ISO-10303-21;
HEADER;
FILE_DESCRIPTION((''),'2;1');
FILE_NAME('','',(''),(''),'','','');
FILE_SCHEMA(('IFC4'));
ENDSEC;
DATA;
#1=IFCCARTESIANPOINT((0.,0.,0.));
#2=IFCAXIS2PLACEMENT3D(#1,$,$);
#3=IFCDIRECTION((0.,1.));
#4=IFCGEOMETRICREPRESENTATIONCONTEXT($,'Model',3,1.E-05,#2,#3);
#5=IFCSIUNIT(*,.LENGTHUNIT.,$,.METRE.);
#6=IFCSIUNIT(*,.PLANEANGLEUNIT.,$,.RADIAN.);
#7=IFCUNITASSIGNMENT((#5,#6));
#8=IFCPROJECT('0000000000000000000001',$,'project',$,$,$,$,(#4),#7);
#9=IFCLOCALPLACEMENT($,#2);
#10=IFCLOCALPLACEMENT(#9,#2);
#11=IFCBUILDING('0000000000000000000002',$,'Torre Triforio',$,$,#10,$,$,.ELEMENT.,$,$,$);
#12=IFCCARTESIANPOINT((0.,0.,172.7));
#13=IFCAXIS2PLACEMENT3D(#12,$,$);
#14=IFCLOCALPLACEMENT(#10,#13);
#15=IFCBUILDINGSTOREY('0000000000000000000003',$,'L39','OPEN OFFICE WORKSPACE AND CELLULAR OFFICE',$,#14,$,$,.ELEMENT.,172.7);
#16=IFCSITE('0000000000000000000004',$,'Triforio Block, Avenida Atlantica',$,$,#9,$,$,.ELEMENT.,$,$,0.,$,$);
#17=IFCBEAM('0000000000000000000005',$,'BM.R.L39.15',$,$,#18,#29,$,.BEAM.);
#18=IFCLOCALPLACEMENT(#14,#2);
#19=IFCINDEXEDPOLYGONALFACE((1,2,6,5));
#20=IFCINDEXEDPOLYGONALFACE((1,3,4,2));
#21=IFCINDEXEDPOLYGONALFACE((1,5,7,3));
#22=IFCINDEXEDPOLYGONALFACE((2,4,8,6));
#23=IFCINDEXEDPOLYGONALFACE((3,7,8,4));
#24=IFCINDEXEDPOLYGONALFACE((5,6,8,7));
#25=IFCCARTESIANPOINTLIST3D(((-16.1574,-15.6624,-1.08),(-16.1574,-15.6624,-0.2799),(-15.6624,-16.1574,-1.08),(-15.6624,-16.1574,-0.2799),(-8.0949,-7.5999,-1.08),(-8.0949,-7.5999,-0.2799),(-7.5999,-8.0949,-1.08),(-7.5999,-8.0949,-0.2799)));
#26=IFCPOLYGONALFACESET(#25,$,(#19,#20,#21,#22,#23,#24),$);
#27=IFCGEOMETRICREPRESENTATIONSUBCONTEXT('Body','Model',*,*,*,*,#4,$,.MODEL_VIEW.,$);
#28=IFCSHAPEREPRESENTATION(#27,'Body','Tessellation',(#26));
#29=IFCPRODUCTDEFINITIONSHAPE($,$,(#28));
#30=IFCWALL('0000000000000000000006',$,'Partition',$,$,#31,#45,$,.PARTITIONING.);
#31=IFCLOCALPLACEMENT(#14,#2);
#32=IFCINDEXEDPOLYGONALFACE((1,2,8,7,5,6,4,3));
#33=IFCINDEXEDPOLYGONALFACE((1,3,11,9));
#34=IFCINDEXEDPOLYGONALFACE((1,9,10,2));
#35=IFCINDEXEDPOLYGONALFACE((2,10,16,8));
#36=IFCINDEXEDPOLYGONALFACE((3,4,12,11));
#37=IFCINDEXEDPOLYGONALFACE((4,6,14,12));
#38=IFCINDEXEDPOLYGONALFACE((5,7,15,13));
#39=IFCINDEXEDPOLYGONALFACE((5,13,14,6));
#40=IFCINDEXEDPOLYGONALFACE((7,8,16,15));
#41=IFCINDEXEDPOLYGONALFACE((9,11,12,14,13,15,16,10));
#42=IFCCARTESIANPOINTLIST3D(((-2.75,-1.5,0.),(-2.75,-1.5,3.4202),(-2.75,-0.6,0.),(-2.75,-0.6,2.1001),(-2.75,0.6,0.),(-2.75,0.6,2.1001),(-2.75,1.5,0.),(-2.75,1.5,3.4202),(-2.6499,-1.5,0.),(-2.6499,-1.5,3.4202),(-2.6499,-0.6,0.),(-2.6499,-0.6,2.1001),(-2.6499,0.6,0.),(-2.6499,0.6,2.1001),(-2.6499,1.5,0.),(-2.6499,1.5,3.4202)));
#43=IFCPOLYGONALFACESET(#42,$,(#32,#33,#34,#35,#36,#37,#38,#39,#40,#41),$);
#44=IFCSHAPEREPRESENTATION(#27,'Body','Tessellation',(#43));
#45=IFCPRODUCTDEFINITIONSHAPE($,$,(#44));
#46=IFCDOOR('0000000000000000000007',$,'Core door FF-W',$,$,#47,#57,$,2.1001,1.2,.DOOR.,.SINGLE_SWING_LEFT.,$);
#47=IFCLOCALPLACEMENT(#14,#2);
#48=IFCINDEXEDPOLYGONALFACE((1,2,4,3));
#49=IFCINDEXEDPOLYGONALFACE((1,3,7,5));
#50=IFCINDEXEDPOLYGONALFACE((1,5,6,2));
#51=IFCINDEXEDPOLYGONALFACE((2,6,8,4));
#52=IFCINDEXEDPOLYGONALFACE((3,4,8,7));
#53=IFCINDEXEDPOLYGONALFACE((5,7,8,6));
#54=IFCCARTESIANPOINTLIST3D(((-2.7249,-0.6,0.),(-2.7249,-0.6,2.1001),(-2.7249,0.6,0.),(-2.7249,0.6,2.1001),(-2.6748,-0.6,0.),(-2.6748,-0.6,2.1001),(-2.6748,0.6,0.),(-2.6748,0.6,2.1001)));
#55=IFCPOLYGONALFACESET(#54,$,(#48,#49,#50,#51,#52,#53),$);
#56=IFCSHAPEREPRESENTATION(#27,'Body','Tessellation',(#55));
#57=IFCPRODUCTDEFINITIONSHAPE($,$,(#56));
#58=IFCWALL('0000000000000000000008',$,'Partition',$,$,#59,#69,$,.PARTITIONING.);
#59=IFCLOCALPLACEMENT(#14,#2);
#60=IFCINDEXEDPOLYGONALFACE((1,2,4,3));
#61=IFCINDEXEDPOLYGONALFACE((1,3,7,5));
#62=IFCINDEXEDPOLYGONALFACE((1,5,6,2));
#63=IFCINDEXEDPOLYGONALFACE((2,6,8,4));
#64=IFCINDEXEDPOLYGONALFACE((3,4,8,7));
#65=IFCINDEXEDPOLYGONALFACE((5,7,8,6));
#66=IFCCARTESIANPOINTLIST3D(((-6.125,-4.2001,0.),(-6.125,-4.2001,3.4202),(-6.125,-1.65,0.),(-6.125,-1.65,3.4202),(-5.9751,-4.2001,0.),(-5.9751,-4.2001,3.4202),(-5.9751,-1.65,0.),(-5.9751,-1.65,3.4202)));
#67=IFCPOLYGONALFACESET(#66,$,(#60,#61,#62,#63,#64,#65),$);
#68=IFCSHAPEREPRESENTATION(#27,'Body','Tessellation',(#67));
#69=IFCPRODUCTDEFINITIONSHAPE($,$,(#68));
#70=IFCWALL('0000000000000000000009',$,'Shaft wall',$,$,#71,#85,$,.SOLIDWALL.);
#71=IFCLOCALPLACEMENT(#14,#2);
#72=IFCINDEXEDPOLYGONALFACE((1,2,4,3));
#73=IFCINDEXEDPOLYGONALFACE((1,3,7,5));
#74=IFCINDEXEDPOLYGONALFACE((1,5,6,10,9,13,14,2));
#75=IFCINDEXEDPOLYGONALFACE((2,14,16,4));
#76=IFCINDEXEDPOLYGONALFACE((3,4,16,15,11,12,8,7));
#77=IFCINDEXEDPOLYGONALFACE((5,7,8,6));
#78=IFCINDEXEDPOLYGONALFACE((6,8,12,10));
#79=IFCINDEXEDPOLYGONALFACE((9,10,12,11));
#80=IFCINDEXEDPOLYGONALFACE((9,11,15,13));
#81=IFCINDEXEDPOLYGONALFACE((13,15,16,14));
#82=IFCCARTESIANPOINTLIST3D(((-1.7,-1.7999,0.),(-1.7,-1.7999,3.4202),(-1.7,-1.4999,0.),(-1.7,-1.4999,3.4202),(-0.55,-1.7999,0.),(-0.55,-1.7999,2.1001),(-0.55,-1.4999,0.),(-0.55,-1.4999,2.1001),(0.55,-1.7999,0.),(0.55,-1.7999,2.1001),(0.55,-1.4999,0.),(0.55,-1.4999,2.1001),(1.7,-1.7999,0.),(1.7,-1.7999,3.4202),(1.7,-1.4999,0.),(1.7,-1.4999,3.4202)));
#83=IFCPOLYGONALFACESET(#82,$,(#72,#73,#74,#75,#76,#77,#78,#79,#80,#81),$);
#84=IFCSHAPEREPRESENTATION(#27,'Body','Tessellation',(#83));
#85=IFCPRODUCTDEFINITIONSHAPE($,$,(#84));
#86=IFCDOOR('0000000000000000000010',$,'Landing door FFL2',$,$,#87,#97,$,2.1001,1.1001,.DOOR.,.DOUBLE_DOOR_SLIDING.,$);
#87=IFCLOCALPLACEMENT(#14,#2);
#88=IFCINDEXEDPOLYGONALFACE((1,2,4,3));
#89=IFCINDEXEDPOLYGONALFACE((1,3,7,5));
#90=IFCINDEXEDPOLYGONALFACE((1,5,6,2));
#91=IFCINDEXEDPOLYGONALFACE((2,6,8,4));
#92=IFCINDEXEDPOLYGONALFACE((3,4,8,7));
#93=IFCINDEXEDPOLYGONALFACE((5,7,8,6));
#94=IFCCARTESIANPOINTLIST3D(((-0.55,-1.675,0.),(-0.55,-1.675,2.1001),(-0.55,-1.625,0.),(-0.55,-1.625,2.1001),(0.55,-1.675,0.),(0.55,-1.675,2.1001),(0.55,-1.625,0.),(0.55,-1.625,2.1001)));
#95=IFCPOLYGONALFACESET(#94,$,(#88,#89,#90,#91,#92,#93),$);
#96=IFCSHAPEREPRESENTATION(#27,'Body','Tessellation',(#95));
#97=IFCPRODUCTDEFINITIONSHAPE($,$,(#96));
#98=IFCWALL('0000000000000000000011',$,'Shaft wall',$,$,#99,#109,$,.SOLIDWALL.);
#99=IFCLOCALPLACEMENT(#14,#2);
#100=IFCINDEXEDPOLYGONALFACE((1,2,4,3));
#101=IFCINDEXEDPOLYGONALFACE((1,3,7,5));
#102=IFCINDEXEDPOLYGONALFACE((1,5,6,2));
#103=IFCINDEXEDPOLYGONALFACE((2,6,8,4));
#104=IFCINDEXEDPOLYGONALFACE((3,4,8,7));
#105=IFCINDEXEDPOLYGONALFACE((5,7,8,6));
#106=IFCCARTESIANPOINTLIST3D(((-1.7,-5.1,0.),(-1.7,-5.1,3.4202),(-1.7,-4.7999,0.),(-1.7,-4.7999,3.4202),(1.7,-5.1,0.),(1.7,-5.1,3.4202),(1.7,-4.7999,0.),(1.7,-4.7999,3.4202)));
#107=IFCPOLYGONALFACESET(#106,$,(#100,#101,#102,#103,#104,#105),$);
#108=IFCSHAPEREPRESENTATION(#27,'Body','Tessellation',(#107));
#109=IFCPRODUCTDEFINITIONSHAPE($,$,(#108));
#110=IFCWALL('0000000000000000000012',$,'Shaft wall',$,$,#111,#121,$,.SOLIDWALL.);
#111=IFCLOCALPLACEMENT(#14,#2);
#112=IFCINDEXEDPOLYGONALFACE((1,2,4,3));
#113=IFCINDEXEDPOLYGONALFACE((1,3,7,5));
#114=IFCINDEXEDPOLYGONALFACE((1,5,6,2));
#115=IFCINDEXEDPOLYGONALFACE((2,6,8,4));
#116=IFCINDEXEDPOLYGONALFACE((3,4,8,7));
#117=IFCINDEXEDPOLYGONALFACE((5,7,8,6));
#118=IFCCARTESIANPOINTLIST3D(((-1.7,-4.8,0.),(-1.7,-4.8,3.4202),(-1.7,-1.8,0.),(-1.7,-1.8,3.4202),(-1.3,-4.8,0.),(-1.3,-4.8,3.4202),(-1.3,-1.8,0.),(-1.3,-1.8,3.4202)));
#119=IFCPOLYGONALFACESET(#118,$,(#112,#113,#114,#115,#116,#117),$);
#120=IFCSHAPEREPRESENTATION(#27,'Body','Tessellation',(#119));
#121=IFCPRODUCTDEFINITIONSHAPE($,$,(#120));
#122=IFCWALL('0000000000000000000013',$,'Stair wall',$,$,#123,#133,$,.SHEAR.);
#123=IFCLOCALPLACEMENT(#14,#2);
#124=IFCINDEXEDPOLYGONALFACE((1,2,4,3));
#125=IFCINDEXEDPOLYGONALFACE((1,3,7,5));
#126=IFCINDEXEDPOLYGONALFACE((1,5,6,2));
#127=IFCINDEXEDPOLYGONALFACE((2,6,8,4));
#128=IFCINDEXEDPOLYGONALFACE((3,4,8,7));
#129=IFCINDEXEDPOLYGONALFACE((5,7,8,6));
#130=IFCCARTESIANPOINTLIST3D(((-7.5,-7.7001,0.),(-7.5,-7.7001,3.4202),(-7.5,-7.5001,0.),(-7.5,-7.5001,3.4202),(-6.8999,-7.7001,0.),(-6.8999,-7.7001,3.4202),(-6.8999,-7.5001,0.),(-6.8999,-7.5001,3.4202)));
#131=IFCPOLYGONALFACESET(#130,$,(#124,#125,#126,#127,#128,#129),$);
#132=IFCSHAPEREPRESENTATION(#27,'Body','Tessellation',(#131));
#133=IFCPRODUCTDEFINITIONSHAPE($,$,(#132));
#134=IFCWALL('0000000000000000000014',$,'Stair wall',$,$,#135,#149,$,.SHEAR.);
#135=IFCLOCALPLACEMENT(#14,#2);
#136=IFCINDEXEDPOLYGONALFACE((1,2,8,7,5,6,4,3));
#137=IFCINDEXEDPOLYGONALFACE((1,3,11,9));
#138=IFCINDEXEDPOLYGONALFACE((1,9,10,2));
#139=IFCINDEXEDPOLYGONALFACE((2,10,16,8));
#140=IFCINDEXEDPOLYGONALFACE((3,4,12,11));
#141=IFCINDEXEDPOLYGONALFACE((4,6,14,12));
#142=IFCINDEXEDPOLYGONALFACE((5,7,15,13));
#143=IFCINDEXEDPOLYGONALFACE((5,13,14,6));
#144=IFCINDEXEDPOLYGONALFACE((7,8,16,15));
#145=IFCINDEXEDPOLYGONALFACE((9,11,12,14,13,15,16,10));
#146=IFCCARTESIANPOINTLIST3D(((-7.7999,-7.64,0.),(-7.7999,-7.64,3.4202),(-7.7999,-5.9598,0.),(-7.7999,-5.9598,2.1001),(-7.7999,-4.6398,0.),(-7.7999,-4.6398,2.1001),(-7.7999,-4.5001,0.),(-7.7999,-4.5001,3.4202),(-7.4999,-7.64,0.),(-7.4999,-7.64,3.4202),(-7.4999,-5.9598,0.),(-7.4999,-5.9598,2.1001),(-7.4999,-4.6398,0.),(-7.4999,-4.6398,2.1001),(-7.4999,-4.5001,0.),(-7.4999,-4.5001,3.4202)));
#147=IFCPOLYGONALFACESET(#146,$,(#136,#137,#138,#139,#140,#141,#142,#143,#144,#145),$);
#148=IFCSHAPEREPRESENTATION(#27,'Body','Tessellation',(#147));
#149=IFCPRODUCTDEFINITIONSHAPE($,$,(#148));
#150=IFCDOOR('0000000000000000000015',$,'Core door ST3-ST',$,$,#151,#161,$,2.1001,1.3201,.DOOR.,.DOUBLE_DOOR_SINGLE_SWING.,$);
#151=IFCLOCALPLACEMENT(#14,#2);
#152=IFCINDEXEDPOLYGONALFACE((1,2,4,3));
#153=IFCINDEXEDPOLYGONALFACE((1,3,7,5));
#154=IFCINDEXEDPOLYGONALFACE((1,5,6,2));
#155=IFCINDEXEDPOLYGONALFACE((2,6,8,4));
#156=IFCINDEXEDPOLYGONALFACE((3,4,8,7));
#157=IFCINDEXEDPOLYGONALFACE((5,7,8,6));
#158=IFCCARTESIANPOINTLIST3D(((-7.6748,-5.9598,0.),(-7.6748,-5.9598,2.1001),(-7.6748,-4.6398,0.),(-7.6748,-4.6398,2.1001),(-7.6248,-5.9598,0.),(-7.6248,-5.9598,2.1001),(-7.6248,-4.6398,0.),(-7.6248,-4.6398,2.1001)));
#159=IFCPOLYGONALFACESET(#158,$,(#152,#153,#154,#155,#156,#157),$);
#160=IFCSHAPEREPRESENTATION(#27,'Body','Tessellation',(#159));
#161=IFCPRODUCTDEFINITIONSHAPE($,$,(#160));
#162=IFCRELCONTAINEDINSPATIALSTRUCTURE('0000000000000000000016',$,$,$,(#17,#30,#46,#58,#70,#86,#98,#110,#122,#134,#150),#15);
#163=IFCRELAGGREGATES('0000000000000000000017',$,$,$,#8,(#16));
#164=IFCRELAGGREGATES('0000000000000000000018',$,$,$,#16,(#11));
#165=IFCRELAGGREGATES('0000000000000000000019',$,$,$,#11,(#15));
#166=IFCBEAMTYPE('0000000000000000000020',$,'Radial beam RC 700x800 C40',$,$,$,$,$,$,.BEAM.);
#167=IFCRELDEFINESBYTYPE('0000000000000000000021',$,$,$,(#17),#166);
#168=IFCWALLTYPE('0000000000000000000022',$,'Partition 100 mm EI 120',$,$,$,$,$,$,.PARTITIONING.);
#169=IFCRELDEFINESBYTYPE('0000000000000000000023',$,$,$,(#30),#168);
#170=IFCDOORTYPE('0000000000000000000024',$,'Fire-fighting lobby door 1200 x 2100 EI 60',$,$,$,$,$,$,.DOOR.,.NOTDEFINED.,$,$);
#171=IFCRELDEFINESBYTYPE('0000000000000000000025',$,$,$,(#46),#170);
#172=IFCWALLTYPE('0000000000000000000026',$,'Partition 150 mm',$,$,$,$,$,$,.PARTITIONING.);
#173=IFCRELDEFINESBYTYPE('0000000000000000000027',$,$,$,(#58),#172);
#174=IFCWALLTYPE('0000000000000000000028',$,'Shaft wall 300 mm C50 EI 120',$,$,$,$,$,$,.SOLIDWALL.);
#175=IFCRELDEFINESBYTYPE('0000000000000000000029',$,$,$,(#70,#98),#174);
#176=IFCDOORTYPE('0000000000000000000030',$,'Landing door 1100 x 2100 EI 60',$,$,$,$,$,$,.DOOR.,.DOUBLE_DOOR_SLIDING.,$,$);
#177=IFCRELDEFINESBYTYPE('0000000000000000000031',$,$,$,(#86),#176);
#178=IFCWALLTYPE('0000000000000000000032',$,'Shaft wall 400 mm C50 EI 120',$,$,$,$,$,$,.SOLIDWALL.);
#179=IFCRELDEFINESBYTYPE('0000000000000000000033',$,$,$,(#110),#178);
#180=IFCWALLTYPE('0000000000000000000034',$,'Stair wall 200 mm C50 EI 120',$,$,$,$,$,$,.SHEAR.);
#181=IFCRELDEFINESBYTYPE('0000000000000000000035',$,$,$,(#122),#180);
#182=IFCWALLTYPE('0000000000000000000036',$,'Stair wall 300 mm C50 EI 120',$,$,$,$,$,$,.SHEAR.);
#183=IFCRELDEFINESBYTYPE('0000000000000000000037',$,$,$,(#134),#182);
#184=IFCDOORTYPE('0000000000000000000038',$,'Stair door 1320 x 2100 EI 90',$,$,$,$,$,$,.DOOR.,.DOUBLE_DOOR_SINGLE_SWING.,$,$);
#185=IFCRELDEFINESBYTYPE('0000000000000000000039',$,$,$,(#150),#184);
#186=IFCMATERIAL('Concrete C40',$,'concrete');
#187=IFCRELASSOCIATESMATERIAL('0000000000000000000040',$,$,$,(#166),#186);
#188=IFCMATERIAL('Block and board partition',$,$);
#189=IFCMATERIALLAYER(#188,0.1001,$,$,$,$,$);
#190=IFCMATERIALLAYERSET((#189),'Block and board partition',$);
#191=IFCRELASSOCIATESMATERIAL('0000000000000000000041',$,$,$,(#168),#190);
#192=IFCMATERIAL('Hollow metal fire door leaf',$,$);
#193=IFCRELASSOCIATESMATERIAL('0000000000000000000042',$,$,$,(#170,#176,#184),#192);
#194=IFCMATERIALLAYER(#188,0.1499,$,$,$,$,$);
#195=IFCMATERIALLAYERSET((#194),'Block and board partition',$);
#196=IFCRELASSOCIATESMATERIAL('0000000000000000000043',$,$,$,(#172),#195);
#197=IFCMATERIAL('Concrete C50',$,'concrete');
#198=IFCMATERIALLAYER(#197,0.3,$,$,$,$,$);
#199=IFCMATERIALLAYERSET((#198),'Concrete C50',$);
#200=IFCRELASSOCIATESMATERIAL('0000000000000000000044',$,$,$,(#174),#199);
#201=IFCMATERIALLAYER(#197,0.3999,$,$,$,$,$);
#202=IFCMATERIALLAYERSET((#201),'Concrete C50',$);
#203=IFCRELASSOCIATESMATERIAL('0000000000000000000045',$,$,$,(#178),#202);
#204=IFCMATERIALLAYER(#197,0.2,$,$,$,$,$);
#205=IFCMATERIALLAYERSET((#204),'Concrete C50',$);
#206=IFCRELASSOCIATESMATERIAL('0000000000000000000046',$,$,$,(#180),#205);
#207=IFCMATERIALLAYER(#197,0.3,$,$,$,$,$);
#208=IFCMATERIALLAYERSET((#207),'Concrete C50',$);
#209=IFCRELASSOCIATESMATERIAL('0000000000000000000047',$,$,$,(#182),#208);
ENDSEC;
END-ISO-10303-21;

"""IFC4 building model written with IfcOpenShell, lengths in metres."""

from ifc_helpers import new_model, si_unit, direction, frame, frame_2d, origin, origin_2d, place, context, subcontext, project, spatial, rectangle, extrude, material, layer, layer_set, material_profile, profile_set, type_object, element, fill, save


model = new_model("IFC4")

# Units and contexts
model_context = context("Model", 3, precision=1e-05, world=origin(), true_north=direction((0.0, 1.0)))
body_context = subcontext(model_context, "Body", "Model", "MODEL_VIEW")
ifc_project = project(units=[si_unit("LENGTHUNIT", "METRE"), si_unit("PLANEANGLEUNIT", "RADIAN")], contexts=[model_context])

# Site, building, storey
site_placement = place(None, origin())
site = spatial("IfcSite", under=ifc_project, at=site_placement, Name="Triforio Block, Avenida Atlantica", CompositionType="ELEMENT", RefElevation=0.0)
building_placement = place(site_placement, origin())
building = spatial("IfcBuilding", under=site, at=building_placement, Name="Torre Triforio", CompositionType="ELEMENT")
storey_placement = place(building_placement, frame((0.0, 0.0, 172.7)))
storey = spatial("IfcBuildingStorey", under=building, at=storey_placement, Name="L39", Description="OPEN OFFICE WORKSPACE AND CELLULAR OFFICE", CompositionType="ELEMENT", Elevation=172.7)

# Beam
ifc_material_1 = material(Name="Concrete C40", Category="concrete")
ifc_material_profile = material_profile(ifc_material_1, rectangle(XDim=0.7, YDim=0.8, at=origin_2d()), Name="RC 700x800")
ifc_profile_set = profile_set([ifc_material_profile], Name="Concrete C40")
beam_type = type_object("IfcBeamType", Name="Radial beam RC 700x800 C40", PredefinedType="BEAM", material=ifc_profile_set)
beam_placement = place(storey_placement, frame((-7.8474, -7.8474, -0.6799), z_axis=(-0.707107, -0.707107, 0.0), x_axis=(0.707107, -0.707107, 0.0)))
element("IfcBeam", 1, at=beam_placement, inside=storey, type_object=beam_type, Name="BM.R.L39.15", PredefinedType="BEAM", context=body_context, shape_type="SweptSolid", body=[
    extrude(rectangle(XDim=0.7, YDim=0.8, at=origin_2d()), origin(), (0.0, 0.0, 1.0), 11.4021),
])

# Wall, opening, door
ifc_material_2 = material(Name="Block and board partition")
ifc_layer_1 = layer(ifc_material_2, 0.1001)
ifc_layer_set_1 = layer_set([ifc_layer_1], Name="Block and board partition")
wall_type_1 = type_object("IfcWallType", Name="Partition 100 mm EI 120", PredefinedType="PARTITIONING", material=ifc_layer_set_1)
wall_1_placement = place(storey_placement, frame((-2.7, -1.5, 0.0), z_axis=(0.0, 0.0, 1.0), x_axis=(0.0, 1.0, 0.0)))
wall_1 = element("IfcWall", 2, at=wall_1_placement, inside=storey, type_object=wall_type_1, Name="Partition", PredefinedType="PARTITIONING", context=body_context, shape_type="SweptSolid", body=[
    extrude(rectangle(XDim=3.0, YDim=0.1001, at=frame_2d((1.5, 0.0))), origin(), (0.0, 0.0, 1.0), 3.4202),
])
opening_1_placement = place(wall_1_placement, frame((0.8999, 0.0, 0.0)))
opening_1 = element("IfcOpeningElement", 3, at=opening_1_placement, cuts=wall_1, PredefinedType="OPENING", context=body_context, shape_type="SweptSolid", body=[
    extrude(rectangle(XDim=1.2, YDim=2.1001, at=frame_2d((0.6001, 1.05))), frame((0.0, 0.0601, 0.0), z_axis=(0.0, -1.0, 0.0), x_axis=(1.0, 0.0, 0.0)), (0.0, 0.0, 1.0), 0.1201),
])
ifc_material_3 = material(Name="Hollow metal fire door leaf")
door_type_1 = type_object("IfcDoorType", Name="Fire-fighting lobby door 1200 x 2100 EI 60", OperationType="NOTDEFINED", PredefinedType="DOOR", material=ifc_material_3)
door_1_placement = place(opening_1_placement, origin())
door_1 = element("IfcDoor", 4, at=door_1_placement, inside=storey, type_object=door_type_1, Name="Core door FF-W", OperationType="SINGLE_SWING_LEFT", OverallHeight=2.1001, OverallWidth=1.2, PredefinedType="DOOR", context=body_context, shape_type="SweptSolid", body=[
    extrude(rectangle(XDim=1.2, YDim=2.1001, at=frame_2d((0.6001, 1.05))), frame((0.0, 0.0249, 0.0), z_axis=(0.0, -1.0, 0.0), x_axis=(1.0, 0.0, 0.0)), (0.0, 0.0, 1.0), 0.05),
])
fill(opening_1, door_1)

# Wall
ifc_layer_2 = layer(ifc_material_2, 0.1499)
ifc_layer_set_2 = layer_set([ifc_layer_2], Name="Block and board partition")
wall_type_2 = type_object("IfcWallType", Name="Partition 150 mm", PredefinedType="PARTITIONING", material=ifc_layer_set_2)
wall_2_placement = place(storey_placement, frame((-6.05, -4.2, 0.0), z_axis=(0.0, 0.0, 1.0), x_axis=(0.0, 1.0, 0.0)))
element("IfcWall", 5, at=wall_2_placement, inside=storey, type_object=wall_type_2, Name="Partition", PredefinedType="PARTITIONING", context=body_context, shape_type="SweptSolid", body=[
    extrude(rectangle(XDim=2.55, YDim=0.1499, at=frame_2d((1.2749, 0.0))), origin(), (0.0, 0.0, 1.0), 3.4202),
])

# Wall, opening, door
ifc_material_4 = material(Name="Concrete C50", Category="concrete")
ifc_layer_3 = layer(ifc_material_4, 0.3)
ifc_layer_set_3 = layer_set([ifc_layer_3], Name="Concrete C50")
wall_type_3 = type_object("IfcWallType", Name="Shaft wall 300 mm C50 EI 120", PredefinedType="SOLIDWALL", material=ifc_layer_set_3)
wall_3_placement = place(storey_placement, frame((-1.7, -1.6499, 0.0), z_axis=(0.0, 0.0, 1.0), x_axis=(1.0, 0.0, 0.0)))
wall_3 = element("IfcWall", 6, at=wall_3_placement, inside=storey, type_object=wall_type_3, Name="Shaft wall", PredefinedType="SOLIDWALL", context=body_context, shape_type="SweptSolid", body=[
    extrude(rectangle(XDim=3.3999, YDim=0.3, at=frame_2d((1.7, 0.0))), origin(), (0.0, 0.0, 1.0), 3.4202),
])
opening_2_placement = place(wall_3_placement, frame((1.1499, 0.0, 0.0)))
opening_2 = element("IfcOpeningElement", 7, at=opening_2_placement, cuts=wall_3, PredefinedType="OPENING", context=body_context, shape_type="SweptSolid", body=[
    extrude(rectangle(XDim=1.1001, YDim=2.1001, at=frame_2d((0.55, 1.05))), frame((0.0, 0.1599, 0.0), z_axis=(0.0, -1.0, 0.0), x_axis=(1.0, 0.0, 0.0)), (0.0, 0.0, 1.0), 0.3201),
])
door_type_2 = type_object("IfcDoorType", Name="Landing door 1100 x 2100 EI 60", OperationType="DOUBLE_DOOR_SLIDING", PredefinedType="DOOR", material=ifc_material_3)
door_2_placement = place(opening_2_placement, origin())
door_2 = element("IfcDoor", 8, at=door_2_placement, inside=storey, type_object=door_type_2, Name="Landing door FFL2", OperationType="DOUBLE_DOOR_SLIDING", OverallHeight=2.1001, OverallWidth=1.1001, PredefinedType="DOOR", context=body_context, shape_type="SweptSolid", body=[
    extrude(rectangle(XDim=1.1001, YDim=2.1001, at=frame_2d((0.55, 1.05))), frame((0.0, 0.0249, 0.0), z_axis=(0.0, -1.0, 0.0), x_axis=(1.0, 0.0, 0.0)), (0.0, 0.0, 1.0), 0.05),
])
fill(opening_2, door_2)

# Walls
wall_4_placement = place(storey_placement, frame((-1.7, -4.95, 0.0), z_axis=(0.0, 0.0, 1.0), x_axis=(1.0, 0.0, 0.0)))
element("IfcWall", 9, at=wall_4_placement, inside=storey, type_object=wall_type_3, Name="Shaft wall", PredefinedType="SOLIDWALL", context=body_context, shape_type="SweptSolid", body=[
    extrude(rectangle(XDim=3.3999, YDim=0.3, at=frame_2d((1.7, 0.0))), origin(), (0.0, 0.0, 1.0), 3.4202),
])
ifc_layer_4 = layer(ifc_material_4, 0.3999)
ifc_layer_set_4 = layer_set([ifc_layer_4], Name="Concrete C50")
wall_type_4 = type_object("IfcWallType", Name="Shaft wall 400 mm C50 EI 120", PredefinedType="SOLIDWALL", material=ifc_layer_set_4)
wall_5_placement = place(storey_placement, frame((-1.5, -4.8, 0.0), z_axis=(0.0, 0.0, 1.0), x_axis=(0.0, 1.0, 0.0)))
element("IfcWall", 10, at=wall_5_placement, inside=storey, type_object=wall_type_4, Name="Shaft wall", PredefinedType="SOLIDWALL", context=body_context, shape_type="SweptSolid", body=[
    extrude(rectangle(XDim=3.0, YDim=0.3999, at=frame_2d((1.5, 0.0))), origin(), (0.0, 0.0, 1.0), 3.4202),
])
ifc_layer_5 = layer(ifc_material_4, 0.2)
ifc_layer_set_5 = layer_set([ifc_layer_5], Name="Concrete C50")
wall_type_5 = type_object("IfcWallType", Name="Stair wall 200 mm C50 EI 120", PredefinedType="SHEAR", material=ifc_layer_set_5)
wall_6_placement = place(storey_placement, frame((-7.5, -7.6001, 0.0), z_axis=(0.0, 0.0, 1.0), x_axis=(1.0, 0.0, 0.0)))
element("IfcWall", 11, at=wall_6_placement, inside=storey, type_object=wall_type_5, Name="Stair wall", PredefinedType="SHEAR", context=body_context, shape_type="SweptSolid", body=[
    extrude(rectangle(XDim=0.6001, YDim=0.2, at=frame_2d((0.3, 0.0))), origin(), (0.0, 0.0, 1.0), 3.4202),
])

# Wall, opening, door
ifc_layer_6 = layer(ifc_material_4, 0.3)
ifc_layer_set_6 = layer_set([ifc_layer_6], Name="Concrete C50")
wall_type_6 = type_object("IfcWallType", Name="Stair wall 300 mm C50 EI 120", PredefinedType="SHEAR", material=ifc_layer_set_6)
wall_7_placement = place(storey_placement, frame((-7.6499, -7.6399, 0.0), z_axis=(0.0, 0.0, 1.0), x_axis=(0.0, 1.0, 0.0)))
wall_7 = element("IfcWall", 12, at=wall_7_placement, inside=storey, type_object=wall_type_6, Name="Stair wall", PredefinedType="SHEAR", context=body_context, shape_type="SweptSolid", body=[
    extrude(rectangle(XDim=3.1399, YDim=0.3, at=frame_2d((1.5698, 0.0))), origin(), (0.0, 0.0, 1.0), 3.4202),
])
opening_3_placement = place(wall_7_placement, frame((1.6799, 0.0, 0.0)))
opening_3 = element("IfcOpeningElement", 13, at=opening_3_placement, cuts=wall_7, PredefinedType="OPENING", context=body_context, shape_type="SweptSolid", body=[
    extrude(rectangle(XDim=1.3201, YDim=2.1001, at=frame_2d((0.6602, 1.05))), frame((0.0, 0.1599, 0.0), z_axis=(0.0, -1.0, 0.0), x_axis=(1.0, 0.0, 0.0)), (0.0, 0.0, 1.0), 0.3201),
])
door_type_3 = type_object("IfcDoorType", Name="Stair door 1320 x 2100 EI 90", OperationType="DOUBLE_DOOR_SINGLE_SWING", PredefinedType="DOOR", material=ifc_material_3)
door_3_placement = place(opening_3_placement, origin())
door_3 = element("IfcDoor", 14, at=door_3_placement, inside=storey, type_object=door_type_3, Name="Core door ST3-ST", OperationType="DOUBLE_DOOR_SINGLE_SWING", OverallHeight=2.1001, OverallWidth=1.3201, PredefinedType="DOOR", context=body_context, shape_type="SweptSolid", body=[
    extrude(rectangle(XDim=1.3201, YDim=2.1001, at=frame_2d((0.6602, 1.05))), frame((0.0, 0.0249, 0.0), z_axis=(0.0, -1.0, 0.0), x_axis=(1.0, 0.0, 0.0)), (0.0, 0.0, 1.0), 0.05),
])
fill(opening_3, door_3)

save(model, "model.ifc")
